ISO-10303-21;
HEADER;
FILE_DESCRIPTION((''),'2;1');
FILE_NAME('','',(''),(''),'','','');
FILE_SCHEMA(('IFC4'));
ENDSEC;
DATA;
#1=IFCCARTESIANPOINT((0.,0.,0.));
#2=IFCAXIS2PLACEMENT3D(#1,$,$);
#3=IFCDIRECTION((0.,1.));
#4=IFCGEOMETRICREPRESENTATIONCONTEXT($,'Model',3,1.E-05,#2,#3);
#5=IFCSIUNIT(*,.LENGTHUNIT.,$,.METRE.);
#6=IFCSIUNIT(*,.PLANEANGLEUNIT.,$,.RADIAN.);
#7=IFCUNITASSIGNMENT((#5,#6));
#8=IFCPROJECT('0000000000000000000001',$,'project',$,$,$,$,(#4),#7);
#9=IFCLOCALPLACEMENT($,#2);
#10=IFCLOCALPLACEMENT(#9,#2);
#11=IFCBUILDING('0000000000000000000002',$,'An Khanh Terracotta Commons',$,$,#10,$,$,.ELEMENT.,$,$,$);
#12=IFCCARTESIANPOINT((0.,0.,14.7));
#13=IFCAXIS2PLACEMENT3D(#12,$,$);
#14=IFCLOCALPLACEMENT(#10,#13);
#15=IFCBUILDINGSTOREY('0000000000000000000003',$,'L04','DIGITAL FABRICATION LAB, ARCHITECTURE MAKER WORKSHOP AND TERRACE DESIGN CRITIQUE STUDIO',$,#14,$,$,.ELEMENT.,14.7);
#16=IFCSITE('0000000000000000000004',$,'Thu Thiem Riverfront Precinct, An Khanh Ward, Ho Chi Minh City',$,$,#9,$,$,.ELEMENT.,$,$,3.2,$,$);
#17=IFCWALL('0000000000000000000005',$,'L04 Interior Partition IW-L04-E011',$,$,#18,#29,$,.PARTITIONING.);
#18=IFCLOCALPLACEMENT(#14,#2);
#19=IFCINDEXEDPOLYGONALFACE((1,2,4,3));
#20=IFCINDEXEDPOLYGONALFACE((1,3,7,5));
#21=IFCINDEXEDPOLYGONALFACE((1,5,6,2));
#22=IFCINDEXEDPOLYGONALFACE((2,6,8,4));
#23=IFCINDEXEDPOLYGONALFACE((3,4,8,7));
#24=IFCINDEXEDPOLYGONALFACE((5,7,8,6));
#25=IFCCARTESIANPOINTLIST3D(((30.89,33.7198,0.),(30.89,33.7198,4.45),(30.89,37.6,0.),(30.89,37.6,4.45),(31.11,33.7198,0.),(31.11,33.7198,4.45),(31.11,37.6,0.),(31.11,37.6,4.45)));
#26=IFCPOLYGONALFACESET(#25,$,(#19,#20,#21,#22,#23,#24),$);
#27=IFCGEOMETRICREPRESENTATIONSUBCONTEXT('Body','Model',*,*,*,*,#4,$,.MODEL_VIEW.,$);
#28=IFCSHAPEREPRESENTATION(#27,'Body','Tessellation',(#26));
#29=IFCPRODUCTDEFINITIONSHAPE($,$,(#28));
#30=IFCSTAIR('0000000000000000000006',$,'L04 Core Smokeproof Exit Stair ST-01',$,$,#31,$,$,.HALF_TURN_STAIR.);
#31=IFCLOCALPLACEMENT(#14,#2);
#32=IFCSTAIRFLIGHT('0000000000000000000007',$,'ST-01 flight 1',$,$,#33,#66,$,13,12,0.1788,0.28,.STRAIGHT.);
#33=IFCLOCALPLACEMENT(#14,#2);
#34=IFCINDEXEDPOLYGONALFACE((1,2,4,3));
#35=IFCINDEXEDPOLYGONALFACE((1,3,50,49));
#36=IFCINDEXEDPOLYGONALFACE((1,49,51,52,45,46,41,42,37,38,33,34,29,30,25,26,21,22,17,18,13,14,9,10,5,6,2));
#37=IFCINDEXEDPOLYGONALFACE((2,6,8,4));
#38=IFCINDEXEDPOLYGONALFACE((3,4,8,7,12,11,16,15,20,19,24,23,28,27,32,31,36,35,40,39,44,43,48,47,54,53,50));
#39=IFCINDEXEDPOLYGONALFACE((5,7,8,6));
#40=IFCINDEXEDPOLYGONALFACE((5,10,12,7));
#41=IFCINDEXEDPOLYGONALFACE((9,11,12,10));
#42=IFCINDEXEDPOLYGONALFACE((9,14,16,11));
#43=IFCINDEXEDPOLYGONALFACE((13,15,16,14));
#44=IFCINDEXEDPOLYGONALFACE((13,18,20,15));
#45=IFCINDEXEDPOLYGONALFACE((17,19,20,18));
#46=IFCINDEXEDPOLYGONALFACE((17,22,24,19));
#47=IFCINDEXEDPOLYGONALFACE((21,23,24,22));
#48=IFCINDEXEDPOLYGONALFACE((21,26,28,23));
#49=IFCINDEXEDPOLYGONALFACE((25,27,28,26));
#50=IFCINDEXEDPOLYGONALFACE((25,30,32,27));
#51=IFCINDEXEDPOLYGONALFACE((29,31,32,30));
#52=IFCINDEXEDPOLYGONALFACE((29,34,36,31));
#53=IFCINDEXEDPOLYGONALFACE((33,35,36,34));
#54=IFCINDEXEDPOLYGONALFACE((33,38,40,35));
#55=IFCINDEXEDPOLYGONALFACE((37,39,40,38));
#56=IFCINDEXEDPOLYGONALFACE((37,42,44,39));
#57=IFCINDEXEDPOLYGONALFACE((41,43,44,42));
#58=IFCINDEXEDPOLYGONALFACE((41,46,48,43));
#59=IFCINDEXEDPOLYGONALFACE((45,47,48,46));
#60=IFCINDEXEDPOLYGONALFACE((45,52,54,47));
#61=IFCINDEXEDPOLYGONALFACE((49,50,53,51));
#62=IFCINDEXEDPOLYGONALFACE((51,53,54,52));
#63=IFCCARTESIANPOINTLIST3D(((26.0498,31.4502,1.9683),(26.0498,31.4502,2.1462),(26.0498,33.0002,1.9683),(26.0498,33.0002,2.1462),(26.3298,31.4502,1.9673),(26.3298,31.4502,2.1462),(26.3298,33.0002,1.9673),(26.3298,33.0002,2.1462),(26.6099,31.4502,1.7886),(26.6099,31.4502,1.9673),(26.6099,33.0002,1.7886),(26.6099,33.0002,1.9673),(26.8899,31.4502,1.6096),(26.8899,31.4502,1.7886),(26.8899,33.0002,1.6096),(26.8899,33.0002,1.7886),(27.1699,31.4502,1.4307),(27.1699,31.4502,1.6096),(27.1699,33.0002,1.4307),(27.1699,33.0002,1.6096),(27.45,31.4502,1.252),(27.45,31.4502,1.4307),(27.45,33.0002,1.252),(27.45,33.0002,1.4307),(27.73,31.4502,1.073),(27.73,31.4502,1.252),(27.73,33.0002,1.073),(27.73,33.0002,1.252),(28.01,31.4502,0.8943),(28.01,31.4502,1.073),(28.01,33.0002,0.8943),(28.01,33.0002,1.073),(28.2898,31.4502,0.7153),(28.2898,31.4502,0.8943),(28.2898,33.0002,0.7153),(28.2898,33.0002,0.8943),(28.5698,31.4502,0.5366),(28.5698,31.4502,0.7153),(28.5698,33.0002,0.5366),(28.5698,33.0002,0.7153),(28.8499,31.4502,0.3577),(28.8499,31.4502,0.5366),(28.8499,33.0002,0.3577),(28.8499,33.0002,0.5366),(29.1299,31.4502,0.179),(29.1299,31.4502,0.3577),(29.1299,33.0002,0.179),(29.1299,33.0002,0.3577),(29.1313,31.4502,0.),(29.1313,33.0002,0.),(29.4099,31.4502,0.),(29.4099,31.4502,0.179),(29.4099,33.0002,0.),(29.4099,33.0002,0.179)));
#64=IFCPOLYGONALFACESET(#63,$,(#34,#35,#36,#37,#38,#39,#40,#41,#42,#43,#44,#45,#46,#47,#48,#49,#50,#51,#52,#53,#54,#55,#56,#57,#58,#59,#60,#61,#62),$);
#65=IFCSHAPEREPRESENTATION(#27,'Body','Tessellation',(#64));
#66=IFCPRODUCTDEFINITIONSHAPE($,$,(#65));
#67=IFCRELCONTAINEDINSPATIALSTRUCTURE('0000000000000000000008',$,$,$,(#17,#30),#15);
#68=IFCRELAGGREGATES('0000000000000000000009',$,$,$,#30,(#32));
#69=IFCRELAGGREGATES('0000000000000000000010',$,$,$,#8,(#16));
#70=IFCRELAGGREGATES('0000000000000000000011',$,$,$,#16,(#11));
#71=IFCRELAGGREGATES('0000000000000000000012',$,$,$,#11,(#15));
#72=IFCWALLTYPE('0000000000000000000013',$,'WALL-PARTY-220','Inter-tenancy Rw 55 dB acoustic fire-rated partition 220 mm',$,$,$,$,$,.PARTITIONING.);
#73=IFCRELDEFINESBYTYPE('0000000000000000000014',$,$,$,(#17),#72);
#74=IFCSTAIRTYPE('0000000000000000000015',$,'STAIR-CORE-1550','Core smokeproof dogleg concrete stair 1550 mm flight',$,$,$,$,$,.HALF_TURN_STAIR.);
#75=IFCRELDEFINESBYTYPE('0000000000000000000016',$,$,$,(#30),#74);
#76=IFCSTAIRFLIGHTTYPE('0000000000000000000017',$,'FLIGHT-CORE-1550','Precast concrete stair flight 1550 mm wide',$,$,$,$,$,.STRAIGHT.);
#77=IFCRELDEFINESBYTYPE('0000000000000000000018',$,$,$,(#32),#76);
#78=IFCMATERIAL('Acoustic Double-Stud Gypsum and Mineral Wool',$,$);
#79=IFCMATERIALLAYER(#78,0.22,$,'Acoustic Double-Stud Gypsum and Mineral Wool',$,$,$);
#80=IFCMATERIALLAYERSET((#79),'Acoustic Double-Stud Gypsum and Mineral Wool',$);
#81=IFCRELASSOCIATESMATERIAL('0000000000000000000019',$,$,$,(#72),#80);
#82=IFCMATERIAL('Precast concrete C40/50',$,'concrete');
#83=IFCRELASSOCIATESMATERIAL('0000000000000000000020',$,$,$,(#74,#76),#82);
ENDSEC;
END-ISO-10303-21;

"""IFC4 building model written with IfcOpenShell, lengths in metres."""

from ifc_helpers import new_model, si_unit, direction, frame, frame_2d, origin, place, context, subcontext, project, spatial, polyline, rectangle, outline, extrude, material, layer, layer_set, type_object, element, aggregate, save


model = new_model("IFC4")

# Units and contexts
model_context = context("Model", 3, precision=1e-05, world=origin(), true_north=direction((0.0, 1.0)))
body_context = subcontext(model_context, "Body", "Model", "MODEL_VIEW")
ifc_project = project(units=[si_unit("LENGTHUNIT", "METRE"), si_unit("PLANEANGLEUNIT", "RADIAN")], contexts=[model_context])

# Site, building, storey
site_placement = place(None, origin())
site = spatial("IfcSite", under=ifc_project, at=site_placement, Name="Thu Thiem Riverfront Precinct, An Khanh Ward, Ho Chi Minh City", CompositionType="ELEMENT", RefElevation=3.2)
building_placement = place(site_placement, origin())
building = spatial("IfcBuilding", under=site, at=building_placement, Name="An Khanh Terracotta Commons", CompositionType="ELEMENT")
storey_placement = place(building_placement, frame((0.0, 0.0, 14.7)))
storey = spatial("IfcBuildingStorey", under=building, at=storey_placement, Name="L04", Description="DIGITAL FABRICATION LAB, ARCHITECTURE MAKER WORKSHOP AND TERRACE DESIGN CRITIQUE STUDIO", CompositionType="ELEMENT", Elevation=14.7)

# Wall
ifc_material_1 = material(Name="Acoustic Double-Stud Gypsum and Mineral Wool")
ifc_layer_1 = layer(ifc_material_1, 0.22, Name="Acoustic Double-Stud Gypsum and Mineral Wool")
ifc_layer_set_1 = layer_set([ifc_layer_1], Name="Acoustic Double-Stud Gypsum and Mineral Wool")
wall_type_1 = type_object("IfcWallType", Name="WALL-PARTY-220", Description="Inter-tenancy Rw 55 dB acoustic fire-rated partition 220 mm", PredefinedType="PARTITIONING", material=ifc_layer_set_1)
wall_1_placement = place(storey_placement, frame((31.0, 33.72, 0.0), z_axis=(0.0, 0.0, 1.0), x_axis=(0.0, 1.0, 0.0)))
element("IfcWall", 1, at=wall_1_placement, inside=storey, type_object=wall_type_1, Name="L04 Interior Partition IW-L04-E011", PredefinedType="PARTITIONING", context=body_context, shape_type="SweptSolid", body=[
    extrude(rectangle(XDim=3.8801, YDim=0.22, at=frame_2d((1.9399, 0.0))), origin(), (0.0, 0.0, 1.0), 4.45),
])

# Stair, stair flight
ifc_material_2 = material(Name="Precast concrete C40/50", Category="concrete")
stair_type = type_object("IfcStairType", Name="STAIR-CORE-1550", Description="Core smokeproof dogleg concrete stair 1550 mm flight", PredefinedType="HALF_TURN_STAIR", material=ifc_material_2)
stair_placement = place(storey_placement, origin())
stair = element("IfcStair", 2, at=stair_placement, inside=storey, type_object=stair_type, Name="L04 Core Smokeproof Exit Stair ST-01", PredefinedType="HALF_TURN_STAIR")
stair_flight_type = type_object("IfcStairFlightType", Name="FLIGHT-CORE-1550", Description="Precast concrete stair flight 1550 mm wide", PredefinedType="STRAIGHT", material=ifc_material_2)
stair_flight_placement = place(storey_placement, frame((29.4099, 32.2251, 0.0), z_axis=(0.0, 0.0, 1.0), x_axis=(-1.0, 0.0, 0.0)))
stair_flight = element("IfcStairFlight", 3, at=stair_flight_placement, type_object=stair_flight_type, Name="ST-01 flight 1", NumberOfRisers=13, NumberOfTreads=12, PredefinedType="STRAIGHT", RiserHeight=0.1788, TreadLength=0.28, context=body_context, shape_type="SweptSolid", body=[
    extrude(outline(polyline([(0.0, 0.0), (0.0, 0.179), (0.28, 0.179), (0.28, 0.3577), (0.5601, 0.3577), (0.5601, 0.5366), (0.8401, 0.5366), (0.8401, 0.7153), (1.1201, 0.7153), (1.1201, 0.8943), (1.3999, 0.8943), (1.3999, 1.073), (1.6799, 1.073), (1.6799, 1.252), (1.96, 1.252), (1.96, 1.4307), (2.24, 1.4307), (2.24, 1.6096), (2.52, 1.6096), (2.52, 1.7886), (2.8, 1.7886), (2.8, 1.9673), (3.0801, 1.9673), (3.0801, 2.1462), (3.3601, 2.1462), (3.3601, 2.325), (3.3601, 1.9683), (0.2786, 0.0), (0.0, 0.0)])), frame((0.0, 0.7749, 0.0), z_axis=(0.0, -1.0, 0.0), x_axis=(1.0, 0.0, 0.0)), (0.0, 0.0, 1.0), 1.55),
])
aggregate(stair, [stair_flight])

save(model, "model.ifc")
